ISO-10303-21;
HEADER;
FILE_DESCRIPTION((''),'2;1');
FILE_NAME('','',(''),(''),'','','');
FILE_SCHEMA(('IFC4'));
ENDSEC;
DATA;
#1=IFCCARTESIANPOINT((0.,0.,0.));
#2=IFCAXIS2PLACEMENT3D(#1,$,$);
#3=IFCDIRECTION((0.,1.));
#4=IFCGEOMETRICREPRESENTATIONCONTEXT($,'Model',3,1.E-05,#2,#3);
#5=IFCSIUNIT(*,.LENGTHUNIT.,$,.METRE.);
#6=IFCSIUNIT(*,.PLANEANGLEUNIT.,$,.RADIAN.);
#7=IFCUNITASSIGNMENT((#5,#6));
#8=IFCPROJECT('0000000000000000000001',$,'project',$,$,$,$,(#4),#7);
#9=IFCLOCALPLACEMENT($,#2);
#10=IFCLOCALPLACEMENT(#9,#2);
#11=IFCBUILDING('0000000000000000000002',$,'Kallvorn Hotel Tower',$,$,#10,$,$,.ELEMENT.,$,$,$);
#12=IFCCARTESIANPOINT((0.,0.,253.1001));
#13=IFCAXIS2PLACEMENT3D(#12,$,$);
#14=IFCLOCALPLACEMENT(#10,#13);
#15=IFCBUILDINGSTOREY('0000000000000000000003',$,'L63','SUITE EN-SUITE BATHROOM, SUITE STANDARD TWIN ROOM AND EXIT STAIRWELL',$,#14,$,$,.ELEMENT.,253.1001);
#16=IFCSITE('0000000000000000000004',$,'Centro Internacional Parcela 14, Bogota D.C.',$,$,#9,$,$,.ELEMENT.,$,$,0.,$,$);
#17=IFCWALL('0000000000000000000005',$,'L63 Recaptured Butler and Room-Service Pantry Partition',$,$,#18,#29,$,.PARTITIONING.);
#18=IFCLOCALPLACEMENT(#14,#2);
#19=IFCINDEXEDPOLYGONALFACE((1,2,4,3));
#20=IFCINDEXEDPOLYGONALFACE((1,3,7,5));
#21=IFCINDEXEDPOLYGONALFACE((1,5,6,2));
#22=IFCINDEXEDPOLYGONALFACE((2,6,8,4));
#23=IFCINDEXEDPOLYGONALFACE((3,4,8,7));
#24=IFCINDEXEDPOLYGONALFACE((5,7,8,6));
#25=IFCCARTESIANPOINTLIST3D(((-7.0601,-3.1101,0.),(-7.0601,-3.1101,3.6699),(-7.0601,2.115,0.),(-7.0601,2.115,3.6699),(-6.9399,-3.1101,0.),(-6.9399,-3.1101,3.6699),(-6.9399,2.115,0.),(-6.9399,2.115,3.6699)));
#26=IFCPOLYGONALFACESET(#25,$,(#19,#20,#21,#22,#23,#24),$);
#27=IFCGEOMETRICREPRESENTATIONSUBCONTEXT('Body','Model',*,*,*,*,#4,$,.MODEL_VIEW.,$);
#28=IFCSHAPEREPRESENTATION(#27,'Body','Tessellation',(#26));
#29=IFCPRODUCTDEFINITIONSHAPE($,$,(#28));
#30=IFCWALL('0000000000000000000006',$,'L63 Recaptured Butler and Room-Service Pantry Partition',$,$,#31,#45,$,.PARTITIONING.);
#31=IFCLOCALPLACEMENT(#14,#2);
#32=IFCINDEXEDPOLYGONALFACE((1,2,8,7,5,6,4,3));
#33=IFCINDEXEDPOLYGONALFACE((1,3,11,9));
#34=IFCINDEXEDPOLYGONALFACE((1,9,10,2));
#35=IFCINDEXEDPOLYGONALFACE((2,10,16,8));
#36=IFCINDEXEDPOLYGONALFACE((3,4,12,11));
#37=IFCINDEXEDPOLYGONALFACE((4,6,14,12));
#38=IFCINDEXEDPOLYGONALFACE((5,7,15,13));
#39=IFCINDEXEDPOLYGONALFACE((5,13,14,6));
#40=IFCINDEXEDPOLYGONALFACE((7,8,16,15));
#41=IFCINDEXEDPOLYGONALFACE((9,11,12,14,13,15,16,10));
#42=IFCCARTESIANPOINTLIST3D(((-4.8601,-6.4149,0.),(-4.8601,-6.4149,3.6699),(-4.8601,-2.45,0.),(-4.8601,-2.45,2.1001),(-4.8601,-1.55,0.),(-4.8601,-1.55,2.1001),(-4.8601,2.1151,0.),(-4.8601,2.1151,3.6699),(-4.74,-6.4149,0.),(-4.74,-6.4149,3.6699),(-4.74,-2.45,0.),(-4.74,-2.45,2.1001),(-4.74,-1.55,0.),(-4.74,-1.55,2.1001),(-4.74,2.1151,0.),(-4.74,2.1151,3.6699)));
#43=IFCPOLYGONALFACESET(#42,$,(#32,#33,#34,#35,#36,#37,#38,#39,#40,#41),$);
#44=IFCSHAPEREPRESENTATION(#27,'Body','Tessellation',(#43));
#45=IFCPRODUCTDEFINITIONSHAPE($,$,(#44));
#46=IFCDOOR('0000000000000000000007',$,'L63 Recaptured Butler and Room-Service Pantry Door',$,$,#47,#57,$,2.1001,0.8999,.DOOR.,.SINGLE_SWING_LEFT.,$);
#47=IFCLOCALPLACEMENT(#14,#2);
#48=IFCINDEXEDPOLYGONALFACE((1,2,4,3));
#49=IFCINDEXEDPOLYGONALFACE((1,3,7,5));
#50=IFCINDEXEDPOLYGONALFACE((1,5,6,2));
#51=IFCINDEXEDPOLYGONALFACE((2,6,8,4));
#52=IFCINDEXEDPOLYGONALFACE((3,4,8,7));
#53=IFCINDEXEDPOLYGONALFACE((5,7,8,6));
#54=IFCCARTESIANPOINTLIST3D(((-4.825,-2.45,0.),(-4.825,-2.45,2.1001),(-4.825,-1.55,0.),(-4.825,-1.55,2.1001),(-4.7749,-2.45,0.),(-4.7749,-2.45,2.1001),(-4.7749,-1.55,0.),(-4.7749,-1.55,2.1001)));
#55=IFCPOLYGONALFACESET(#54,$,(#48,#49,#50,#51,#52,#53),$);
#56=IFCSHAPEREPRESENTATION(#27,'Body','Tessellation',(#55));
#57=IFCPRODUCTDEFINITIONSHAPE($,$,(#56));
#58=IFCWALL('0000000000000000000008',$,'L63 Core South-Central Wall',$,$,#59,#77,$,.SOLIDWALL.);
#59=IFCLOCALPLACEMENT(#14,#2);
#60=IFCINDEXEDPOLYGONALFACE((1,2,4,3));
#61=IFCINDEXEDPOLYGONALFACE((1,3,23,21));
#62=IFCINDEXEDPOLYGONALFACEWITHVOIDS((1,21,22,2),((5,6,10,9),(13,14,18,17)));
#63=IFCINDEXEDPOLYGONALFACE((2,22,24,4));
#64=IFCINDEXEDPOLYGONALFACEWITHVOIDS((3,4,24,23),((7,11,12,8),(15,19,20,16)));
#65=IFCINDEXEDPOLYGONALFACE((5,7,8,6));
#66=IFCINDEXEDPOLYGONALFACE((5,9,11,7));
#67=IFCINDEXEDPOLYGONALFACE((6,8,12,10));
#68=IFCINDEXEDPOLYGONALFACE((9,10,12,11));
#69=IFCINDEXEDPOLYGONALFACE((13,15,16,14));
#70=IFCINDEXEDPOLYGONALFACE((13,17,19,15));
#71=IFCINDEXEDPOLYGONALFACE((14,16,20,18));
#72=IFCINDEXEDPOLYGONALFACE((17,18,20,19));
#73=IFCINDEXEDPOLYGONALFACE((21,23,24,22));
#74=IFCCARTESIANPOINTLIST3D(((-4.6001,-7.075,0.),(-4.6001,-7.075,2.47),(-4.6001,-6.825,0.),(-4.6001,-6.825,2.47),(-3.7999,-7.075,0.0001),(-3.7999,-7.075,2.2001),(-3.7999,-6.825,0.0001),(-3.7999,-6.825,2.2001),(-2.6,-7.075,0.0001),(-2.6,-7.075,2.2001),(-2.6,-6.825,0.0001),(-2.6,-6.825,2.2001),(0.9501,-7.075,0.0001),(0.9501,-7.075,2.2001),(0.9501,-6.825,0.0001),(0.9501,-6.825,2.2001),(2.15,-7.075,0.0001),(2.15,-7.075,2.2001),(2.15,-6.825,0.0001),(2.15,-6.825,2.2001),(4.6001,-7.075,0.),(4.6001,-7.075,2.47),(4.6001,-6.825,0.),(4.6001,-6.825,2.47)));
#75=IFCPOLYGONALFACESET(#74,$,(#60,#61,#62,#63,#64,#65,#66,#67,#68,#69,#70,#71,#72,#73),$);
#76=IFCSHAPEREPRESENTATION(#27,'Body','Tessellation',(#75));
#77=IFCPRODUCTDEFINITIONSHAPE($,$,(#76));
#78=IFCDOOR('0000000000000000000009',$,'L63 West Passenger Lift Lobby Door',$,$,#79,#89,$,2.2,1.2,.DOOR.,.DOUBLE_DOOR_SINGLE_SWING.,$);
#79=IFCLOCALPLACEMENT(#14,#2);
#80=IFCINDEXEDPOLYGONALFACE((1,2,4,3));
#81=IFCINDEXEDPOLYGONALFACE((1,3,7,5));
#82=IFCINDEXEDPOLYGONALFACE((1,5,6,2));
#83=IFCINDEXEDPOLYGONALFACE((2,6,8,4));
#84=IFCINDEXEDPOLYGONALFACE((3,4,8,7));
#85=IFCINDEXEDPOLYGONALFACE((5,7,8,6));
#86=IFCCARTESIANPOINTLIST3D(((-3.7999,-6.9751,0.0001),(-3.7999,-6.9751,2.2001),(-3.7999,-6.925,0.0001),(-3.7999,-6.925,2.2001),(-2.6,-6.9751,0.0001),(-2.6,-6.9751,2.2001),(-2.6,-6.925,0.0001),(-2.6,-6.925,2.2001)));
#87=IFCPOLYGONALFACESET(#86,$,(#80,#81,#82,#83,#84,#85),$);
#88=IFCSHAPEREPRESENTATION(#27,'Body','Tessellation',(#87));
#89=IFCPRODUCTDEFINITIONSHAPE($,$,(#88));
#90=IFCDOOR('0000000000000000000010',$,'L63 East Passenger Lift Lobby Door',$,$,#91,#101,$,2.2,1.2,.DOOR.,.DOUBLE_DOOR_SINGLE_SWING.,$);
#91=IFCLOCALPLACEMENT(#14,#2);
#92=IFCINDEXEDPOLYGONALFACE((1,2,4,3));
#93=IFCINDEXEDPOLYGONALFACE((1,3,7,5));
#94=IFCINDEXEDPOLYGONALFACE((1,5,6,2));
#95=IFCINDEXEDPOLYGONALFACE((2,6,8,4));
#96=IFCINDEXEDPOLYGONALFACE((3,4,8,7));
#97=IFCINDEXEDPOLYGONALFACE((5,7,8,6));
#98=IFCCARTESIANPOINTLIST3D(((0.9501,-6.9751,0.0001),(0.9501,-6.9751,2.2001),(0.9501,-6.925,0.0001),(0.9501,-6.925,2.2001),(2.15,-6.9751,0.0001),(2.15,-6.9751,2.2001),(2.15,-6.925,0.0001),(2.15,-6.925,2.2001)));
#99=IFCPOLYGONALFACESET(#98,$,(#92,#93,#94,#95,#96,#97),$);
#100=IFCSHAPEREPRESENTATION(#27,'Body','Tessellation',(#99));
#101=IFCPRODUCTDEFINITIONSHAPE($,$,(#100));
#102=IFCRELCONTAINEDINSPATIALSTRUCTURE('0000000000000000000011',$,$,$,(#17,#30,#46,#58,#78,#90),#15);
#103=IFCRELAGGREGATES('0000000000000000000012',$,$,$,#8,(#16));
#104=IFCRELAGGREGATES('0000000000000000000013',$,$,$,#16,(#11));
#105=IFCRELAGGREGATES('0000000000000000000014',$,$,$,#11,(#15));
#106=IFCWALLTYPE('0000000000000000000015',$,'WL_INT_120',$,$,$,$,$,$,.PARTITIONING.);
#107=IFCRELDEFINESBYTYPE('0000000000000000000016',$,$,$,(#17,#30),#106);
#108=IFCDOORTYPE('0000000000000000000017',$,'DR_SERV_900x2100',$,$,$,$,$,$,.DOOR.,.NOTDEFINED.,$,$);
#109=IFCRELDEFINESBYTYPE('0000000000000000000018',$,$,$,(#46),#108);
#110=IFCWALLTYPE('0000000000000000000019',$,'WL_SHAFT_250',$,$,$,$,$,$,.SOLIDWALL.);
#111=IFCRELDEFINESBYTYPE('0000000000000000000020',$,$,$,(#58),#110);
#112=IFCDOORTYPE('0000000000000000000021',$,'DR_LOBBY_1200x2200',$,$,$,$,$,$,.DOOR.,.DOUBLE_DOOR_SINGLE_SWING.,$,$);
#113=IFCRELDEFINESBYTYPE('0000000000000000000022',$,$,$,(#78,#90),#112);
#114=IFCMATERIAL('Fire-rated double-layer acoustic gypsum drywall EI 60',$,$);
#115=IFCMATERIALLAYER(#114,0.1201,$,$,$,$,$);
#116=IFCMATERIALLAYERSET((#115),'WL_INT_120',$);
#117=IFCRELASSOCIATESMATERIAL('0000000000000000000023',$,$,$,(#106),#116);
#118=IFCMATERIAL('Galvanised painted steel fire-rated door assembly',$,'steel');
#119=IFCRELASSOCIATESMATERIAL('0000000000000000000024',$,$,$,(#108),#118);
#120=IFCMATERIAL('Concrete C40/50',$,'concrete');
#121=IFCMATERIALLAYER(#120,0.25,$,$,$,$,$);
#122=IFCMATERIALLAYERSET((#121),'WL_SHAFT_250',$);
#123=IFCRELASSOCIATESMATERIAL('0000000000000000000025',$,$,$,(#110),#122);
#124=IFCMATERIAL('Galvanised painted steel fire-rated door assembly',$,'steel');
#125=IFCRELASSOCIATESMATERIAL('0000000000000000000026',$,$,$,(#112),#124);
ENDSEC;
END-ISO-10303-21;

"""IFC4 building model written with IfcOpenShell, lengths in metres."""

from ifc_helpers import new_model, si_unit, direction, frame, frame_2d, origin, place, context, subcontext, project, spatial, rectangle, extrude, material, layer, layer_set, type_object, element, fill, save


model = new_model("IFC4")

# Units and contexts
model_context = context("Model", 3, precision=1e-05, world=origin(), true_north=direction((0.0, 1.0)))
body_context = subcontext(model_context, "Body", "Model", "MODEL_VIEW")
ifc_project = project(units=[si_unit("LENGTHUNIT", "METRE"), si_unit("PLANEANGLEUNIT", "RADIAN")], contexts=[model_context])

# Site, building, storey
site_placement = place(None, origin())
site = spatial("IfcSite", under=ifc_project, at=site_placement, Name="Centro Internacional Parcela 14, Bogota D.C.", CompositionType="ELEMENT", RefElevation=0.0)
building_placement = place(site_placement, origin())
building = spatial("IfcBuilding", under=site, at=building_placement, Name="Kallvorn Hotel Tower", CompositionType="ELEMENT")
storey_placement = place(building_placement, frame((0.0, 0.0, 253.1001)))
storey = spatial("IfcBuildingStorey", under=building, at=storey_placement, Name="L63", Description="SUITE EN-SUITE BATHROOM, SUITE STANDARD TWIN ROOM AND EXIT STAIRWELL", CompositionType="ELEMENT", Elevation=253.1001)

# Wall
ifc_material_1 = material(Name="Fire-rated double-layer acoustic gypsum drywall EI 60")
ifc_layer_1 = layer(ifc_material_1, 0.1201)
ifc_layer_set_1 = layer_set([ifc_layer_1], Name="WL_INT_120")
wall_type_1 = type_object("IfcWallType", Name="WL_INT_120", PredefinedType="PARTITIONING", material=ifc_layer_set_1)
wall_1_placement = place(storey_placement, frame((-7.0, -3.1101, 0.0), z_axis=(0.0, 0.0, 1.0), x_axis=(0.0, 1.0, 0.0)))
element("IfcWall", 1, at=wall_1_placement, inside=storey, type_object=wall_type_1, Name="L63 Recaptured Butler and Room-Service Pantry Partition", PredefinedType="PARTITIONING", context=body_context, shape_type="SweptSolid", body=[
    extrude(rectangle(XDim=5.2251, YDim=0.1201, at=frame_2d((2.6125, 0.0))), origin(), (0.0, 0.0, 1.0), 3.6699),
])

# Wall, opening, door
wall_2_placement = place(storey_placement, frame((-4.8, -6.415, 0.0), z_axis=(0.0, 0.0, 1.0), x_axis=(0.0, 1.0, 0.0)))
wall_2 = element("IfcWall", 2, at=wall_2_placement, inside=storey, type_object=wall_type_1, Name="L63 Recaptured Butler and Room-Service Pantry Partition", PredefinedType="PARTITIONING", context=body_context, shape_type="SweptSolid", body=[
    extrude(rectangle(XDim=8.53, YDim=0.1201, at=frame_2d((4.2651, 0.0))), origin(), (0.0, 0.0, 1.0), 3.6699),
])
opening_1_placement = place(wall_2_placement, frame((3.9651, 0.0, 0.0)))
opening_1 = element("IfcOpeningElement", 3, at=opening_1_placement, cuts=wall_2, PredefinedType="OPENING", context=body_context, shape_type="SweptSolid", body=[
    extrude(rectangle(XDim=0.8999, YDim=2.1001, at=frame_2d((0.45, 1.05))), frame((0.0, 0.075, 0.0), z_axis=(0.0, -1.0, 0.0), x_axis=(1.0, 0.0, 0.0)), (0.0, 0.0, 1.0), 0.1501),
])
ifc_material_2 = material(Name="Galvanised painted steel fire-rated door assembly", Category="steel")
door_type_1 = type_object("IfcDoorType", Name="DR_SERV_900x2100", OperationType="NOTDEFINED", PredefinedType="DOOR", material=ifc_material_2)
door_1_placement = place(opening_1_placement, origin())
door_1 = element("IfcDoor", 4, at=door_1_placement, inside=storey, type_object=door_type_1, Name="L63 Recaptured Butler and Room-Service Pantry Door", OperationType="SINGLE_SWING_LEFT", OverallHeight=2.1001, OverallWidth=0.8999, PredefinedType="DOOR", context=body_context, shape_type="SweptSolid", body=[
    extrude(rectangle(XDim=0.8999, YDim=2.1001, at=frame_2d((0.45, 1.05))), frame((0.0, 0.0249, 0.0), z_axis=(0.0, -1.0, 0.0), x_axis=(1.0, 0.0, 0.0)), (0.0, 0.0, 1.0), 0.05),
])
fill(opening_1, door_1)

# Wall, openings, doors
ifc_material_3 = material(Name="Concrete C40/50", Category="concrete")
ifc_layer_2 = layer(ifc_material_3, 0.25)
ifc_layer_set_2 = layer_set([ifc_layer_2], Name="WL_SHAFT_250")
wall_type_2 = type_object("IfcWallType", Name="WL_SHAFT_250", PredefinedType="SOLIDWALL", material=ifc_layer_set_2)
wall_3_placement = place(storey_placement, frame((-4.6001, -6.95, 0.0), z_axis=(0.0, 0.0, 1.0), x_axis=(1.0, 0.0, 0.0)))
wall_3 = element("IfcWall", 5, at=wall_3_placement, inside=storey, type_object=wall_type_2, Name="L63 Core South-Central Wall", PredefinedType="SOLIDWALL", context=body_context, shape_type="SweptSolid", body=[
    extrude(rectangle(XDim=9.2002, YDim=0.25, at=frame_2d((4.6001, 0.0))), origin(), (0.0, 0.0, 1.0), 2.47),
])
opening_2_placement = place(wall_3_placement, frame((0.8, 0.0, 0.0)))
opening_2 = element("IfcOpeningElement", 6, at=opening_2_placement, cuts=wall_3, PredefinedType="OPENING", context=body_context, shape_type="SweptSolid", body=[
    extrude(rectangle(XDim=1.2, YDim=2.2, at=frame_2d((0.6001, 1.1001))), frame((0.0, 0.1399, 0.0), z_axis=(0.0, -1.0, 0.0), x_axis=(1.0, 0.0, 0.0)), (0.0, 0.0, 1.0), 0.28),
])
opening_3_placement = place(wall_3_placement, frame((5.55, 0.0, 0.0)))
opening_3 = element("IfcOpeningElement", 7, at=opening_3_placement, cuts=wall_3, PredefinedType="OPENING", context=body_context, shape_type="SweptSolid", body=[
    extrude(rectangle(XDim=1.2, YDim=2.2, at=frame_2d((0.6001, 1.1001))), frame((0.0, 0.1399, 0.0), z_axis=(0.0, -1.0, 0.0), x_axis=(1.0, 0.0, 0.0)), (0.0, 0.0, 1.0), 0.28),
])
ifc_material_4 = material(Name="Galvanised painted steel fire-rated door assembly", Category="steel")
door_type_2 = type_object("IfcDoorType", Name="DR_LOBBY_1200x2200", OperationType="DOUBLE_DOOR_SINGLE_SWING", PredefinedType="DOOR", material=ifc_material_4)
door_2_placement = place(opening_2_placement, origin())
door_2 = element("IfcDoor", 8, at=door_2_placement, inside=storey, type_object=door_type_2, Name="L63 West Passenger Lift Lobby Door", OperationType="DOUBLE_DOOR_SINGLE_SWING", OverallHeight=2.2, OverallWidth=1.2, PredefinedType="DOOR", context=body_context, shape_type="SweptSolid", body=[
    extrude(rectangle(XDim=1.2, YDim=2.2, at=frame_2d((0.6001, 1.1001))), frame((0.0, 0.0249, 0.0), z_axis=(0.0, -1.0, 0.0), x_axis=(1.0, 0.0, 0.0)), (0.0, 0.0, 1.0), 0.05),
])
fill(opening_2, door_2)
door_3_placement = place(opening_3_placement, origin())
door_3 = element("IfcDoor", 9, at=door_3_placement, inside=storey, type_object=door_type_2, Name="L63 East Passenger Lift Lobby Door", OperationType="DOUBLE_DOOR_SINGLE_SWING", OverallHeight=2.2, OverallWidth=1.2, PredefinedType="DOOR", context=body_context, shape_type="SweptSolid", body=[
    extrude(rectangle(XDim=1.2, YDim=2.2, at=frame_2d((0.6001, 1.1001))), frame((0.0, 0.0249, 0.0), z_axis=(0.0, -1.0, 0.0), x_axis=(1.0, 0.0, 0.0)), (0.0, 0.0, 1.0), 0.05),
])
fill(opening_3, door_3)

save(model, "model.ifc")
